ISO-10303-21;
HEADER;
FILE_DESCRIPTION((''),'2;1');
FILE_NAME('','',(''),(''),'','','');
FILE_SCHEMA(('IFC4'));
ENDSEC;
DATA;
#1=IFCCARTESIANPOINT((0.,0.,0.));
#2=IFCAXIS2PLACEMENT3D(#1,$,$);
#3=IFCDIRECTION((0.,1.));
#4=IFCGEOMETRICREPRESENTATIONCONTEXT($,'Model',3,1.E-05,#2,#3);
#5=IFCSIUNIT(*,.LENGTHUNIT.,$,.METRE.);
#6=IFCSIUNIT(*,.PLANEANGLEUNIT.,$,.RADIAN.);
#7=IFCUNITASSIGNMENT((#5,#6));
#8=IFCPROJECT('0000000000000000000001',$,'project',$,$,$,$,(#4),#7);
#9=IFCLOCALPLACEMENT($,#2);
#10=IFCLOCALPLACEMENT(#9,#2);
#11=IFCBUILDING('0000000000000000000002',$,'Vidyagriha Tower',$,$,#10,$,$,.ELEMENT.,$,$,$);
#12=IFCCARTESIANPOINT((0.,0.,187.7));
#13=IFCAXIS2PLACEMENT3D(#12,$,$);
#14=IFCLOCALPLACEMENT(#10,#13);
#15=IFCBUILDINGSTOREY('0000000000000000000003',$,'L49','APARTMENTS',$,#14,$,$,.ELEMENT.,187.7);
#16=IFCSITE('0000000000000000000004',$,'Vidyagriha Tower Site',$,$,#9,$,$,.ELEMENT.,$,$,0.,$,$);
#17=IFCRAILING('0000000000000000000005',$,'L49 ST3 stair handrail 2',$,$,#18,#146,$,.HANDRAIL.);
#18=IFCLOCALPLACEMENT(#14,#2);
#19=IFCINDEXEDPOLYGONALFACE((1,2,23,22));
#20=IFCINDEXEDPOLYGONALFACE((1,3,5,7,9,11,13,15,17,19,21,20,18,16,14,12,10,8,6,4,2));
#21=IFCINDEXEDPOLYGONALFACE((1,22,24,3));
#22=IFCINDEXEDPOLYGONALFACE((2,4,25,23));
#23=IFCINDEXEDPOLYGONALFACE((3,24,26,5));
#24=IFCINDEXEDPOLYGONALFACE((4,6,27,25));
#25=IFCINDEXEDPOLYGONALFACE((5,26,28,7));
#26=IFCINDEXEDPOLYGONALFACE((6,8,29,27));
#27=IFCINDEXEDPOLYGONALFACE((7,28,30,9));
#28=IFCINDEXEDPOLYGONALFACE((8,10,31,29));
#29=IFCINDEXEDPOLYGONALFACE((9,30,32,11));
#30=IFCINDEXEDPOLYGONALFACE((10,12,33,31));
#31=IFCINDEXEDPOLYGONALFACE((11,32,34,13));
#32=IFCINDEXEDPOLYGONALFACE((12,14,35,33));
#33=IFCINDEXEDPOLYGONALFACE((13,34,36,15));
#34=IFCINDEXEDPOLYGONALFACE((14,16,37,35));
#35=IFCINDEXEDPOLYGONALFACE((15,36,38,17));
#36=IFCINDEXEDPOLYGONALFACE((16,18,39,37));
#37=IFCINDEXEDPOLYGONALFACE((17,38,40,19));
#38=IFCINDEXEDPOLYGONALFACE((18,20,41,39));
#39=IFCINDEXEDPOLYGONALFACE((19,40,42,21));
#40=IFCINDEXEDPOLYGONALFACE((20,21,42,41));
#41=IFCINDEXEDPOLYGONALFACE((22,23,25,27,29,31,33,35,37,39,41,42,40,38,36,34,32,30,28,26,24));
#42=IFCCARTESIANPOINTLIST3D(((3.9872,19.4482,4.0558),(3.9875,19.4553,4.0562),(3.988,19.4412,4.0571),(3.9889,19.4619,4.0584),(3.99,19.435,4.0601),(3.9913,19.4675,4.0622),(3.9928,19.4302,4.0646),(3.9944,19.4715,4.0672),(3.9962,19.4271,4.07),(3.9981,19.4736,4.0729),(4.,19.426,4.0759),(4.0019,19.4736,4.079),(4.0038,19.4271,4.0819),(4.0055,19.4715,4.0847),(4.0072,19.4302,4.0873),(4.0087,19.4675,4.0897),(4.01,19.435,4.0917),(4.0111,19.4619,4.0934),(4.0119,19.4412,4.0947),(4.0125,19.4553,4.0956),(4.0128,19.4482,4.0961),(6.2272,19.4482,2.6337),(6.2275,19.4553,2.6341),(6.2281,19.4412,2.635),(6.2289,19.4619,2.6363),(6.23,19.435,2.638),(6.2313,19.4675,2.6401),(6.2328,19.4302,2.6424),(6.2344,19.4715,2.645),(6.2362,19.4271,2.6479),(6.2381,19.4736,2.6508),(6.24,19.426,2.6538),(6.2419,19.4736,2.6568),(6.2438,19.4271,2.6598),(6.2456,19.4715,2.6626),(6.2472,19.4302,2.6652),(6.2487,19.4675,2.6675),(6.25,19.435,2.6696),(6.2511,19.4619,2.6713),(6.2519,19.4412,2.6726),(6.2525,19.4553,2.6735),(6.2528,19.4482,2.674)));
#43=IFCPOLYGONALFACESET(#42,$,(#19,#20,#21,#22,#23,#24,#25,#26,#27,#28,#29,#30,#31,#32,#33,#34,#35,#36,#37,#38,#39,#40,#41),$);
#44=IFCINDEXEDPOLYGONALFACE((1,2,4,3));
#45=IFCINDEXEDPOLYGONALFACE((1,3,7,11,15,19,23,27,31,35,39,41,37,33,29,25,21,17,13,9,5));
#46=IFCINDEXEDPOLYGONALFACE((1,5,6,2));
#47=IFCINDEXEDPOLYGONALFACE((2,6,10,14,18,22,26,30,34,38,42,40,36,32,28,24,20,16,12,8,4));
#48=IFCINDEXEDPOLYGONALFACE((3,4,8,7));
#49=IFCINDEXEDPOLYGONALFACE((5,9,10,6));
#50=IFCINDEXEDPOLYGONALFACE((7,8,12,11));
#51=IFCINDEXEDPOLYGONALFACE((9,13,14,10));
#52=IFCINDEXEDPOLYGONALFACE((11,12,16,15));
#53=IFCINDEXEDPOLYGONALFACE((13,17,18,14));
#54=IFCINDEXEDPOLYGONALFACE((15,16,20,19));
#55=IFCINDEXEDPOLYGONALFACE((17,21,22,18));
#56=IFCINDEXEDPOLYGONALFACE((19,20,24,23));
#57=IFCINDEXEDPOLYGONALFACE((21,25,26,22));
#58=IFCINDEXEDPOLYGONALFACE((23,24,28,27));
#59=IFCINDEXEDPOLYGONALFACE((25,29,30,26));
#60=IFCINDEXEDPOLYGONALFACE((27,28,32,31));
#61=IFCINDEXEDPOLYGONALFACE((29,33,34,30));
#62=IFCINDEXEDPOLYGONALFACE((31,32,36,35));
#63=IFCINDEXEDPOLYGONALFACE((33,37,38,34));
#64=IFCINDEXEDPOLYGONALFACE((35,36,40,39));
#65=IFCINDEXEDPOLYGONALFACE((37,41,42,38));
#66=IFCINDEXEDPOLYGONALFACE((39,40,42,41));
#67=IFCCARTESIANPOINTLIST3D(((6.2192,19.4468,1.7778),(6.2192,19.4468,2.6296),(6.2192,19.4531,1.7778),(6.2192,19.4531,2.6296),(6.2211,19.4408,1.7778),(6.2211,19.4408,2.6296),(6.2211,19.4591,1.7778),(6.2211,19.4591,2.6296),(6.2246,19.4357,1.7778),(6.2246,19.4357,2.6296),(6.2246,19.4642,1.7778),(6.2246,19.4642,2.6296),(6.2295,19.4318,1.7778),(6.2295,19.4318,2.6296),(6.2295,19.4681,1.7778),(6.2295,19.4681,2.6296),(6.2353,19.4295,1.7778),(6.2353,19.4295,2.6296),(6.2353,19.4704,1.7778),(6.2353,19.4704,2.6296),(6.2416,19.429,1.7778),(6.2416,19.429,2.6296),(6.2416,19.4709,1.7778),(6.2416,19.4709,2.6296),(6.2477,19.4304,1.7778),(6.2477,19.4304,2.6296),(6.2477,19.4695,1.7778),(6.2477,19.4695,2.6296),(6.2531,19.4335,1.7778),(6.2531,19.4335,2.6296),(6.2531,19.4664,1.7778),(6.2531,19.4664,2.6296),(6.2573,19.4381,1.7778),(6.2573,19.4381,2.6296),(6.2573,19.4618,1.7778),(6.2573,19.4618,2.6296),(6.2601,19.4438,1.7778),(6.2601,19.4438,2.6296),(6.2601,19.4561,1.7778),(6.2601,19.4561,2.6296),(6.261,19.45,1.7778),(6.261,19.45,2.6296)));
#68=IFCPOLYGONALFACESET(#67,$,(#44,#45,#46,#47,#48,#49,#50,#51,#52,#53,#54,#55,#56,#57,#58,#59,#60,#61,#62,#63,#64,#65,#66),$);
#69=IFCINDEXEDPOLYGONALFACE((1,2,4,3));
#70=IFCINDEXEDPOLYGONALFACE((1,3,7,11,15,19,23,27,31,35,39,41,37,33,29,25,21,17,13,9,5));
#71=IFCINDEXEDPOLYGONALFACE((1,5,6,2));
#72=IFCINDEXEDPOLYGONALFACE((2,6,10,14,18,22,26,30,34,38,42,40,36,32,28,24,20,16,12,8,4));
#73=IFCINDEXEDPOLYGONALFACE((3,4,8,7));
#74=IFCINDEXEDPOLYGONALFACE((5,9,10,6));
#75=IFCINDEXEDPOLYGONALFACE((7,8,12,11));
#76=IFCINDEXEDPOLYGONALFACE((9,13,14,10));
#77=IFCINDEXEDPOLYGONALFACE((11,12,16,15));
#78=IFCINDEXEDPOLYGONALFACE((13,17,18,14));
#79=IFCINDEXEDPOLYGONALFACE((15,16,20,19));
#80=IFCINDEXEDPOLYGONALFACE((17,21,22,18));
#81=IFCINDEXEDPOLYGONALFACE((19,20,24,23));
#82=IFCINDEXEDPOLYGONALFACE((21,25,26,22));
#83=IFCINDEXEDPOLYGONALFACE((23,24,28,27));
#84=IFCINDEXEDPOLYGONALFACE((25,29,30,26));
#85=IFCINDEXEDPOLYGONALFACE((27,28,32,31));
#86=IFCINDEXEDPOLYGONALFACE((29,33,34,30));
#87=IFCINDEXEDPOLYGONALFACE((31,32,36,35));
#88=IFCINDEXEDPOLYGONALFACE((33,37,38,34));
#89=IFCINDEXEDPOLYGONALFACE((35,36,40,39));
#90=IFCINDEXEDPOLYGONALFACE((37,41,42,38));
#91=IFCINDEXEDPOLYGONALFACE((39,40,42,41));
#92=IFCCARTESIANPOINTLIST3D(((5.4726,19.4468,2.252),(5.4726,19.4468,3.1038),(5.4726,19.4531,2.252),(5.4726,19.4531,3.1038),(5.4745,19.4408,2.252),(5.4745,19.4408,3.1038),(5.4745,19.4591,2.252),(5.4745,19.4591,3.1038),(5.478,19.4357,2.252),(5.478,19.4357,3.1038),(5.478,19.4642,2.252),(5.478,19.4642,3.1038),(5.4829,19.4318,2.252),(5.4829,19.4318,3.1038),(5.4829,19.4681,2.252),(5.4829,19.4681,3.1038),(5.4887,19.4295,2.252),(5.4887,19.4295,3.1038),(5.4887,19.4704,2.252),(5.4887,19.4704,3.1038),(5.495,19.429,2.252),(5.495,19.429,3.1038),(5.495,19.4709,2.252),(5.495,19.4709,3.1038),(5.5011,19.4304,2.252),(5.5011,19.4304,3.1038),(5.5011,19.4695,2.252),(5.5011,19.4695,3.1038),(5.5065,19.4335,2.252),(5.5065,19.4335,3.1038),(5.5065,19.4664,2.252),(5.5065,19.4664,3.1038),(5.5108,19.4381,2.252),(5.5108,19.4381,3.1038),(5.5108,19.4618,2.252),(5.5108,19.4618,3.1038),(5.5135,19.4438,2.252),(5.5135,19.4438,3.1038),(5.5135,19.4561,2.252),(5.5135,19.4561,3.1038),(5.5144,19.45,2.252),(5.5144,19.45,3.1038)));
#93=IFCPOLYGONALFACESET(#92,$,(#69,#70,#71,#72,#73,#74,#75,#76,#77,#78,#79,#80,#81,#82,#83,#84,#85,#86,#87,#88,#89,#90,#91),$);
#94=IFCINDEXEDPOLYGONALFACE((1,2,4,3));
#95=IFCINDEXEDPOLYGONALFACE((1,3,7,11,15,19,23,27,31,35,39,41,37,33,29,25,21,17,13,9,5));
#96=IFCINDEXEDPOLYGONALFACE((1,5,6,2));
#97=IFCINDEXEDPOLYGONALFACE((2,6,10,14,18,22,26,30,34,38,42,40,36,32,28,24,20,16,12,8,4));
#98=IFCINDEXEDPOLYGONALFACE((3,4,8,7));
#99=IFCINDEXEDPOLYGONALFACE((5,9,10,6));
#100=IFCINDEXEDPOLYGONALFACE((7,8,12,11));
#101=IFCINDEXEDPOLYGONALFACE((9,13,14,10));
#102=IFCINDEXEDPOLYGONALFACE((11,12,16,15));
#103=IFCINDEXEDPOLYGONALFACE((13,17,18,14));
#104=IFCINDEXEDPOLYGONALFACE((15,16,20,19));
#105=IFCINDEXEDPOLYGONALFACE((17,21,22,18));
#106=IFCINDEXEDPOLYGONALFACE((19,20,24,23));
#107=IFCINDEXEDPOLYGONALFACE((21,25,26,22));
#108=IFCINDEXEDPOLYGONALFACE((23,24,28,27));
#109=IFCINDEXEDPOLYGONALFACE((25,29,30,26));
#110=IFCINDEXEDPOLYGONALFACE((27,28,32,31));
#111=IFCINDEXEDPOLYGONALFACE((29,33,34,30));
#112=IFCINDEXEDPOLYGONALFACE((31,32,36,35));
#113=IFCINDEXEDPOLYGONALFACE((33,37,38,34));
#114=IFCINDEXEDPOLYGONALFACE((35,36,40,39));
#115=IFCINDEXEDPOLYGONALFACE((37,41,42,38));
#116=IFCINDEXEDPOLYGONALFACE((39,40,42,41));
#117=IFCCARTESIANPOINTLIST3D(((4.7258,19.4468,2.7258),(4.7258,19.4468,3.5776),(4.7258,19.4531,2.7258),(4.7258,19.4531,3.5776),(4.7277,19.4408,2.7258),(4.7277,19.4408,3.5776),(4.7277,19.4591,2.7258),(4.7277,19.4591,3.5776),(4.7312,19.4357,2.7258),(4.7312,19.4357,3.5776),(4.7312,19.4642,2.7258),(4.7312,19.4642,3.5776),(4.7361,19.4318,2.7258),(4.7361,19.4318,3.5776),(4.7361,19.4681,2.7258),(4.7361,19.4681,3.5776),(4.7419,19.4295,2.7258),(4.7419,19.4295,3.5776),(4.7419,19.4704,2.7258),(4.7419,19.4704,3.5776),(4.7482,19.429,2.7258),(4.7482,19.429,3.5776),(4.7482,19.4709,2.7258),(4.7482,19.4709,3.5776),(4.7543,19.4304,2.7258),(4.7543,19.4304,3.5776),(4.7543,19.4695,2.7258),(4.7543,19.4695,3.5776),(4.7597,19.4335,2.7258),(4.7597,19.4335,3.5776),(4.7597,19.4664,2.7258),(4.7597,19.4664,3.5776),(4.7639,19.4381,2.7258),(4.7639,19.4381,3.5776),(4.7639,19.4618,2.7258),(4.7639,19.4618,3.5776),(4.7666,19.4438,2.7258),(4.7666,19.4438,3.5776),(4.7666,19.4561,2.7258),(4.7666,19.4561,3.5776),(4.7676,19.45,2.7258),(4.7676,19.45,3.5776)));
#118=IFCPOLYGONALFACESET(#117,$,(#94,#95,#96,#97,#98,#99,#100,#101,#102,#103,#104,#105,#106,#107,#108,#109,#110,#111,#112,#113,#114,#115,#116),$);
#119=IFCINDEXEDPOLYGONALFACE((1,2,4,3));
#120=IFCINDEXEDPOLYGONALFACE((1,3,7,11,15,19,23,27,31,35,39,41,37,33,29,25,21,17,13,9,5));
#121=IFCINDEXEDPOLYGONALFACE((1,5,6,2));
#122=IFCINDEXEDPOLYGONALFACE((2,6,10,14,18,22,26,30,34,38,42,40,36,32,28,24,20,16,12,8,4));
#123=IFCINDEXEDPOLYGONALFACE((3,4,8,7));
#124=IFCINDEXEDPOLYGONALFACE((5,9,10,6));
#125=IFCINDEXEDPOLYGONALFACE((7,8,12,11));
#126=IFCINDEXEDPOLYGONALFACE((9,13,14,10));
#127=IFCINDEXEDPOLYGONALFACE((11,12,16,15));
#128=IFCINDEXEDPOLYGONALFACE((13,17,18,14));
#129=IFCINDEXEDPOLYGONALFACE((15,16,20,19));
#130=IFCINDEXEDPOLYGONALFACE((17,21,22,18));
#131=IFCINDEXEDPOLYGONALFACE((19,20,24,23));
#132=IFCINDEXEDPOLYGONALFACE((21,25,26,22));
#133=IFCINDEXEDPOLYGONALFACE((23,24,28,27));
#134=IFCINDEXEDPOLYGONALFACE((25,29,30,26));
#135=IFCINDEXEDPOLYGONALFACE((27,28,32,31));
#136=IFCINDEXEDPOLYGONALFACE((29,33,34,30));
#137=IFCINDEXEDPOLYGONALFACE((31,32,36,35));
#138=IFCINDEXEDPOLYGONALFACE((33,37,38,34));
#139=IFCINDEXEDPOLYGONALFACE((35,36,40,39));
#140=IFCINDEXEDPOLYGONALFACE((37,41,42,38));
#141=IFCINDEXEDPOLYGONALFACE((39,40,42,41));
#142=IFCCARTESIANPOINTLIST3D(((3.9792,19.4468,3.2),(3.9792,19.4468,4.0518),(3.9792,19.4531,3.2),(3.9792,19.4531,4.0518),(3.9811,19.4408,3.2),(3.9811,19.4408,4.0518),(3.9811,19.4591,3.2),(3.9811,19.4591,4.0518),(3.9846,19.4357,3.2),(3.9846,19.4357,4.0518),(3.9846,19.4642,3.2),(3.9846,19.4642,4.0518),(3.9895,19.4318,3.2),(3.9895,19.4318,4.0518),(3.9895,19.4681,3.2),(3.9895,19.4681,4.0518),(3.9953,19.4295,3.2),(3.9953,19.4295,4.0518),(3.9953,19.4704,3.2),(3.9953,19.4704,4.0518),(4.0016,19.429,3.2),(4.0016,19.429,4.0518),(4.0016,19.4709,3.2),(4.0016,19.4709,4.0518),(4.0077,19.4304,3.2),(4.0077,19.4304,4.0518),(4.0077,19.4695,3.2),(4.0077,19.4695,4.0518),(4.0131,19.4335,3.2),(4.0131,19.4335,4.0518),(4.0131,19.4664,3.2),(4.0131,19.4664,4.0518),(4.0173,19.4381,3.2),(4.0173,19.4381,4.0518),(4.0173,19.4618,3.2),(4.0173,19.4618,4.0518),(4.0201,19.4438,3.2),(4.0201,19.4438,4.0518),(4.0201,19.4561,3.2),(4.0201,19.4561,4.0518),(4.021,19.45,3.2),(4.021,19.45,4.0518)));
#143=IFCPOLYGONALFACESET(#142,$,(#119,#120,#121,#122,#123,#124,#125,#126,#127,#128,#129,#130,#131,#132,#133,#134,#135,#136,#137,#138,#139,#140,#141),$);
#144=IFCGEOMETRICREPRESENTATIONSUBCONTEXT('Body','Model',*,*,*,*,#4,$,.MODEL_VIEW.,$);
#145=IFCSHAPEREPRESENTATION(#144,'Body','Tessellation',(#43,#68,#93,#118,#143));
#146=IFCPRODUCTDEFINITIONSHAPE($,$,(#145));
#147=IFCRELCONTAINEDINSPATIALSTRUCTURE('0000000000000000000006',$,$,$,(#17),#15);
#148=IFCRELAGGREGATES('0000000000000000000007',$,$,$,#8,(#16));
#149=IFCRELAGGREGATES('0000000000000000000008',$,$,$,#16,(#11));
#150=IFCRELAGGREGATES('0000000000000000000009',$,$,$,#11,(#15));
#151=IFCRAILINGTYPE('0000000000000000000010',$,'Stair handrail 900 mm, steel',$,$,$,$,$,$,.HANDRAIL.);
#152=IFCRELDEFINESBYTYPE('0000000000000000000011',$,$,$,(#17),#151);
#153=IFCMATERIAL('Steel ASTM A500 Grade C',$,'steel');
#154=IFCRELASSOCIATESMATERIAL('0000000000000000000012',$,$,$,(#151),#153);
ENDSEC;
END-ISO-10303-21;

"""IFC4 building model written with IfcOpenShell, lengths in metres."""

from ifc_helpers import new_model, si_unit, direction, frame, origin, origin_2d, place, context, subcontext, project, spatial, circle, extrude, material, type_object, element, save


model = new_model("IFC4")

# Units and contexts
model_context = context("Model", 3, precision=1e-05, world=origin(), true_north=direction((0.0, 1.0)))
body_context = subcontext(model_context, "Body", "Model", "MODEL_VIEW")
ifc_project = project(units=[si_unit("LENGTHUNIT", "METRE"), si_unit("PLANEANGLEUNIT", "RADIAN")], contexts=[model_context])

# Site, building, storey
site_placement = place(None, origin())
site = spatial("IfcSite", under=ifc_project, at=site_placement, Name="Vidyagriha Tower Site", CompositionType="ELEMENT", RefElevation=0.0)
building_placement = place(site_placement, origin())
building = spatial("IfcBuilding", under=site, at=building_placement, Name="Vidyagriha Tower", CompositionType="ELEMENT")
storey_placement = place(building_placement, frame((0.0, 0.0, 187.7)))
storey = spatial("IfcBuildingStorey", under=building, at=storey_placement, Name="L49", Description="APARTMENTS", CompositionType="ELEMENT", Elevation=187.7)

# Railing
ifc_material_1 = material(Name="Steel ASTM A500 Grade C", Category="steel")
railing_type_1 = type_object("IfcRailingType", Name="Stair handrail 900 mm, steel", PredefinedType="HANDRAIL", material=ifc_material_1)
railing_1_placement = place(storey_placement, frame((6.24, 19.45, 1.7778)))
element("IfcRailing", 1, at=railing_1_placement, inside=storey, type_object=railing_type_1, Name="L49 ST3 stair handrail 2", PredefinedType="HANDRAIL", context=body_context, shape_type="SweptSolid", body=[
    extrude(circle(Radius=0.0239, at=origin_2d()), frame((0.0, 0.0, 0.876), z_axis=(-0.844229, 0.0, 0.535982), x_axis=(0.0, -1.0, 0.0)), (0.0, 0.0, 1.0), 2.6533),
    extrude(circle(Radius=0.021, at=origin_2d()), origin(), (0.0, 0.0, 1.0), 0.8518),
    extrude(circle(Radius=0.021, at=origin_2d()), frame((-0.7466, 0.0, 0.4741)), (0.0, 0.0, 1.0), 0.8518),
    extrude(circle(Radius=0.021, at=origin_2d()), frame((-1.4934, 0.0, 0.948)), (0.0, 0.0, 1.0), 0.8518),
    extrude(circle(Radius=0.021, at=origin_2d()), frame((-2.24, 0.0, 1.4221)), (0.0, 0.0, 1.0), 0.8518),
])

save(model, "model.ifc")
